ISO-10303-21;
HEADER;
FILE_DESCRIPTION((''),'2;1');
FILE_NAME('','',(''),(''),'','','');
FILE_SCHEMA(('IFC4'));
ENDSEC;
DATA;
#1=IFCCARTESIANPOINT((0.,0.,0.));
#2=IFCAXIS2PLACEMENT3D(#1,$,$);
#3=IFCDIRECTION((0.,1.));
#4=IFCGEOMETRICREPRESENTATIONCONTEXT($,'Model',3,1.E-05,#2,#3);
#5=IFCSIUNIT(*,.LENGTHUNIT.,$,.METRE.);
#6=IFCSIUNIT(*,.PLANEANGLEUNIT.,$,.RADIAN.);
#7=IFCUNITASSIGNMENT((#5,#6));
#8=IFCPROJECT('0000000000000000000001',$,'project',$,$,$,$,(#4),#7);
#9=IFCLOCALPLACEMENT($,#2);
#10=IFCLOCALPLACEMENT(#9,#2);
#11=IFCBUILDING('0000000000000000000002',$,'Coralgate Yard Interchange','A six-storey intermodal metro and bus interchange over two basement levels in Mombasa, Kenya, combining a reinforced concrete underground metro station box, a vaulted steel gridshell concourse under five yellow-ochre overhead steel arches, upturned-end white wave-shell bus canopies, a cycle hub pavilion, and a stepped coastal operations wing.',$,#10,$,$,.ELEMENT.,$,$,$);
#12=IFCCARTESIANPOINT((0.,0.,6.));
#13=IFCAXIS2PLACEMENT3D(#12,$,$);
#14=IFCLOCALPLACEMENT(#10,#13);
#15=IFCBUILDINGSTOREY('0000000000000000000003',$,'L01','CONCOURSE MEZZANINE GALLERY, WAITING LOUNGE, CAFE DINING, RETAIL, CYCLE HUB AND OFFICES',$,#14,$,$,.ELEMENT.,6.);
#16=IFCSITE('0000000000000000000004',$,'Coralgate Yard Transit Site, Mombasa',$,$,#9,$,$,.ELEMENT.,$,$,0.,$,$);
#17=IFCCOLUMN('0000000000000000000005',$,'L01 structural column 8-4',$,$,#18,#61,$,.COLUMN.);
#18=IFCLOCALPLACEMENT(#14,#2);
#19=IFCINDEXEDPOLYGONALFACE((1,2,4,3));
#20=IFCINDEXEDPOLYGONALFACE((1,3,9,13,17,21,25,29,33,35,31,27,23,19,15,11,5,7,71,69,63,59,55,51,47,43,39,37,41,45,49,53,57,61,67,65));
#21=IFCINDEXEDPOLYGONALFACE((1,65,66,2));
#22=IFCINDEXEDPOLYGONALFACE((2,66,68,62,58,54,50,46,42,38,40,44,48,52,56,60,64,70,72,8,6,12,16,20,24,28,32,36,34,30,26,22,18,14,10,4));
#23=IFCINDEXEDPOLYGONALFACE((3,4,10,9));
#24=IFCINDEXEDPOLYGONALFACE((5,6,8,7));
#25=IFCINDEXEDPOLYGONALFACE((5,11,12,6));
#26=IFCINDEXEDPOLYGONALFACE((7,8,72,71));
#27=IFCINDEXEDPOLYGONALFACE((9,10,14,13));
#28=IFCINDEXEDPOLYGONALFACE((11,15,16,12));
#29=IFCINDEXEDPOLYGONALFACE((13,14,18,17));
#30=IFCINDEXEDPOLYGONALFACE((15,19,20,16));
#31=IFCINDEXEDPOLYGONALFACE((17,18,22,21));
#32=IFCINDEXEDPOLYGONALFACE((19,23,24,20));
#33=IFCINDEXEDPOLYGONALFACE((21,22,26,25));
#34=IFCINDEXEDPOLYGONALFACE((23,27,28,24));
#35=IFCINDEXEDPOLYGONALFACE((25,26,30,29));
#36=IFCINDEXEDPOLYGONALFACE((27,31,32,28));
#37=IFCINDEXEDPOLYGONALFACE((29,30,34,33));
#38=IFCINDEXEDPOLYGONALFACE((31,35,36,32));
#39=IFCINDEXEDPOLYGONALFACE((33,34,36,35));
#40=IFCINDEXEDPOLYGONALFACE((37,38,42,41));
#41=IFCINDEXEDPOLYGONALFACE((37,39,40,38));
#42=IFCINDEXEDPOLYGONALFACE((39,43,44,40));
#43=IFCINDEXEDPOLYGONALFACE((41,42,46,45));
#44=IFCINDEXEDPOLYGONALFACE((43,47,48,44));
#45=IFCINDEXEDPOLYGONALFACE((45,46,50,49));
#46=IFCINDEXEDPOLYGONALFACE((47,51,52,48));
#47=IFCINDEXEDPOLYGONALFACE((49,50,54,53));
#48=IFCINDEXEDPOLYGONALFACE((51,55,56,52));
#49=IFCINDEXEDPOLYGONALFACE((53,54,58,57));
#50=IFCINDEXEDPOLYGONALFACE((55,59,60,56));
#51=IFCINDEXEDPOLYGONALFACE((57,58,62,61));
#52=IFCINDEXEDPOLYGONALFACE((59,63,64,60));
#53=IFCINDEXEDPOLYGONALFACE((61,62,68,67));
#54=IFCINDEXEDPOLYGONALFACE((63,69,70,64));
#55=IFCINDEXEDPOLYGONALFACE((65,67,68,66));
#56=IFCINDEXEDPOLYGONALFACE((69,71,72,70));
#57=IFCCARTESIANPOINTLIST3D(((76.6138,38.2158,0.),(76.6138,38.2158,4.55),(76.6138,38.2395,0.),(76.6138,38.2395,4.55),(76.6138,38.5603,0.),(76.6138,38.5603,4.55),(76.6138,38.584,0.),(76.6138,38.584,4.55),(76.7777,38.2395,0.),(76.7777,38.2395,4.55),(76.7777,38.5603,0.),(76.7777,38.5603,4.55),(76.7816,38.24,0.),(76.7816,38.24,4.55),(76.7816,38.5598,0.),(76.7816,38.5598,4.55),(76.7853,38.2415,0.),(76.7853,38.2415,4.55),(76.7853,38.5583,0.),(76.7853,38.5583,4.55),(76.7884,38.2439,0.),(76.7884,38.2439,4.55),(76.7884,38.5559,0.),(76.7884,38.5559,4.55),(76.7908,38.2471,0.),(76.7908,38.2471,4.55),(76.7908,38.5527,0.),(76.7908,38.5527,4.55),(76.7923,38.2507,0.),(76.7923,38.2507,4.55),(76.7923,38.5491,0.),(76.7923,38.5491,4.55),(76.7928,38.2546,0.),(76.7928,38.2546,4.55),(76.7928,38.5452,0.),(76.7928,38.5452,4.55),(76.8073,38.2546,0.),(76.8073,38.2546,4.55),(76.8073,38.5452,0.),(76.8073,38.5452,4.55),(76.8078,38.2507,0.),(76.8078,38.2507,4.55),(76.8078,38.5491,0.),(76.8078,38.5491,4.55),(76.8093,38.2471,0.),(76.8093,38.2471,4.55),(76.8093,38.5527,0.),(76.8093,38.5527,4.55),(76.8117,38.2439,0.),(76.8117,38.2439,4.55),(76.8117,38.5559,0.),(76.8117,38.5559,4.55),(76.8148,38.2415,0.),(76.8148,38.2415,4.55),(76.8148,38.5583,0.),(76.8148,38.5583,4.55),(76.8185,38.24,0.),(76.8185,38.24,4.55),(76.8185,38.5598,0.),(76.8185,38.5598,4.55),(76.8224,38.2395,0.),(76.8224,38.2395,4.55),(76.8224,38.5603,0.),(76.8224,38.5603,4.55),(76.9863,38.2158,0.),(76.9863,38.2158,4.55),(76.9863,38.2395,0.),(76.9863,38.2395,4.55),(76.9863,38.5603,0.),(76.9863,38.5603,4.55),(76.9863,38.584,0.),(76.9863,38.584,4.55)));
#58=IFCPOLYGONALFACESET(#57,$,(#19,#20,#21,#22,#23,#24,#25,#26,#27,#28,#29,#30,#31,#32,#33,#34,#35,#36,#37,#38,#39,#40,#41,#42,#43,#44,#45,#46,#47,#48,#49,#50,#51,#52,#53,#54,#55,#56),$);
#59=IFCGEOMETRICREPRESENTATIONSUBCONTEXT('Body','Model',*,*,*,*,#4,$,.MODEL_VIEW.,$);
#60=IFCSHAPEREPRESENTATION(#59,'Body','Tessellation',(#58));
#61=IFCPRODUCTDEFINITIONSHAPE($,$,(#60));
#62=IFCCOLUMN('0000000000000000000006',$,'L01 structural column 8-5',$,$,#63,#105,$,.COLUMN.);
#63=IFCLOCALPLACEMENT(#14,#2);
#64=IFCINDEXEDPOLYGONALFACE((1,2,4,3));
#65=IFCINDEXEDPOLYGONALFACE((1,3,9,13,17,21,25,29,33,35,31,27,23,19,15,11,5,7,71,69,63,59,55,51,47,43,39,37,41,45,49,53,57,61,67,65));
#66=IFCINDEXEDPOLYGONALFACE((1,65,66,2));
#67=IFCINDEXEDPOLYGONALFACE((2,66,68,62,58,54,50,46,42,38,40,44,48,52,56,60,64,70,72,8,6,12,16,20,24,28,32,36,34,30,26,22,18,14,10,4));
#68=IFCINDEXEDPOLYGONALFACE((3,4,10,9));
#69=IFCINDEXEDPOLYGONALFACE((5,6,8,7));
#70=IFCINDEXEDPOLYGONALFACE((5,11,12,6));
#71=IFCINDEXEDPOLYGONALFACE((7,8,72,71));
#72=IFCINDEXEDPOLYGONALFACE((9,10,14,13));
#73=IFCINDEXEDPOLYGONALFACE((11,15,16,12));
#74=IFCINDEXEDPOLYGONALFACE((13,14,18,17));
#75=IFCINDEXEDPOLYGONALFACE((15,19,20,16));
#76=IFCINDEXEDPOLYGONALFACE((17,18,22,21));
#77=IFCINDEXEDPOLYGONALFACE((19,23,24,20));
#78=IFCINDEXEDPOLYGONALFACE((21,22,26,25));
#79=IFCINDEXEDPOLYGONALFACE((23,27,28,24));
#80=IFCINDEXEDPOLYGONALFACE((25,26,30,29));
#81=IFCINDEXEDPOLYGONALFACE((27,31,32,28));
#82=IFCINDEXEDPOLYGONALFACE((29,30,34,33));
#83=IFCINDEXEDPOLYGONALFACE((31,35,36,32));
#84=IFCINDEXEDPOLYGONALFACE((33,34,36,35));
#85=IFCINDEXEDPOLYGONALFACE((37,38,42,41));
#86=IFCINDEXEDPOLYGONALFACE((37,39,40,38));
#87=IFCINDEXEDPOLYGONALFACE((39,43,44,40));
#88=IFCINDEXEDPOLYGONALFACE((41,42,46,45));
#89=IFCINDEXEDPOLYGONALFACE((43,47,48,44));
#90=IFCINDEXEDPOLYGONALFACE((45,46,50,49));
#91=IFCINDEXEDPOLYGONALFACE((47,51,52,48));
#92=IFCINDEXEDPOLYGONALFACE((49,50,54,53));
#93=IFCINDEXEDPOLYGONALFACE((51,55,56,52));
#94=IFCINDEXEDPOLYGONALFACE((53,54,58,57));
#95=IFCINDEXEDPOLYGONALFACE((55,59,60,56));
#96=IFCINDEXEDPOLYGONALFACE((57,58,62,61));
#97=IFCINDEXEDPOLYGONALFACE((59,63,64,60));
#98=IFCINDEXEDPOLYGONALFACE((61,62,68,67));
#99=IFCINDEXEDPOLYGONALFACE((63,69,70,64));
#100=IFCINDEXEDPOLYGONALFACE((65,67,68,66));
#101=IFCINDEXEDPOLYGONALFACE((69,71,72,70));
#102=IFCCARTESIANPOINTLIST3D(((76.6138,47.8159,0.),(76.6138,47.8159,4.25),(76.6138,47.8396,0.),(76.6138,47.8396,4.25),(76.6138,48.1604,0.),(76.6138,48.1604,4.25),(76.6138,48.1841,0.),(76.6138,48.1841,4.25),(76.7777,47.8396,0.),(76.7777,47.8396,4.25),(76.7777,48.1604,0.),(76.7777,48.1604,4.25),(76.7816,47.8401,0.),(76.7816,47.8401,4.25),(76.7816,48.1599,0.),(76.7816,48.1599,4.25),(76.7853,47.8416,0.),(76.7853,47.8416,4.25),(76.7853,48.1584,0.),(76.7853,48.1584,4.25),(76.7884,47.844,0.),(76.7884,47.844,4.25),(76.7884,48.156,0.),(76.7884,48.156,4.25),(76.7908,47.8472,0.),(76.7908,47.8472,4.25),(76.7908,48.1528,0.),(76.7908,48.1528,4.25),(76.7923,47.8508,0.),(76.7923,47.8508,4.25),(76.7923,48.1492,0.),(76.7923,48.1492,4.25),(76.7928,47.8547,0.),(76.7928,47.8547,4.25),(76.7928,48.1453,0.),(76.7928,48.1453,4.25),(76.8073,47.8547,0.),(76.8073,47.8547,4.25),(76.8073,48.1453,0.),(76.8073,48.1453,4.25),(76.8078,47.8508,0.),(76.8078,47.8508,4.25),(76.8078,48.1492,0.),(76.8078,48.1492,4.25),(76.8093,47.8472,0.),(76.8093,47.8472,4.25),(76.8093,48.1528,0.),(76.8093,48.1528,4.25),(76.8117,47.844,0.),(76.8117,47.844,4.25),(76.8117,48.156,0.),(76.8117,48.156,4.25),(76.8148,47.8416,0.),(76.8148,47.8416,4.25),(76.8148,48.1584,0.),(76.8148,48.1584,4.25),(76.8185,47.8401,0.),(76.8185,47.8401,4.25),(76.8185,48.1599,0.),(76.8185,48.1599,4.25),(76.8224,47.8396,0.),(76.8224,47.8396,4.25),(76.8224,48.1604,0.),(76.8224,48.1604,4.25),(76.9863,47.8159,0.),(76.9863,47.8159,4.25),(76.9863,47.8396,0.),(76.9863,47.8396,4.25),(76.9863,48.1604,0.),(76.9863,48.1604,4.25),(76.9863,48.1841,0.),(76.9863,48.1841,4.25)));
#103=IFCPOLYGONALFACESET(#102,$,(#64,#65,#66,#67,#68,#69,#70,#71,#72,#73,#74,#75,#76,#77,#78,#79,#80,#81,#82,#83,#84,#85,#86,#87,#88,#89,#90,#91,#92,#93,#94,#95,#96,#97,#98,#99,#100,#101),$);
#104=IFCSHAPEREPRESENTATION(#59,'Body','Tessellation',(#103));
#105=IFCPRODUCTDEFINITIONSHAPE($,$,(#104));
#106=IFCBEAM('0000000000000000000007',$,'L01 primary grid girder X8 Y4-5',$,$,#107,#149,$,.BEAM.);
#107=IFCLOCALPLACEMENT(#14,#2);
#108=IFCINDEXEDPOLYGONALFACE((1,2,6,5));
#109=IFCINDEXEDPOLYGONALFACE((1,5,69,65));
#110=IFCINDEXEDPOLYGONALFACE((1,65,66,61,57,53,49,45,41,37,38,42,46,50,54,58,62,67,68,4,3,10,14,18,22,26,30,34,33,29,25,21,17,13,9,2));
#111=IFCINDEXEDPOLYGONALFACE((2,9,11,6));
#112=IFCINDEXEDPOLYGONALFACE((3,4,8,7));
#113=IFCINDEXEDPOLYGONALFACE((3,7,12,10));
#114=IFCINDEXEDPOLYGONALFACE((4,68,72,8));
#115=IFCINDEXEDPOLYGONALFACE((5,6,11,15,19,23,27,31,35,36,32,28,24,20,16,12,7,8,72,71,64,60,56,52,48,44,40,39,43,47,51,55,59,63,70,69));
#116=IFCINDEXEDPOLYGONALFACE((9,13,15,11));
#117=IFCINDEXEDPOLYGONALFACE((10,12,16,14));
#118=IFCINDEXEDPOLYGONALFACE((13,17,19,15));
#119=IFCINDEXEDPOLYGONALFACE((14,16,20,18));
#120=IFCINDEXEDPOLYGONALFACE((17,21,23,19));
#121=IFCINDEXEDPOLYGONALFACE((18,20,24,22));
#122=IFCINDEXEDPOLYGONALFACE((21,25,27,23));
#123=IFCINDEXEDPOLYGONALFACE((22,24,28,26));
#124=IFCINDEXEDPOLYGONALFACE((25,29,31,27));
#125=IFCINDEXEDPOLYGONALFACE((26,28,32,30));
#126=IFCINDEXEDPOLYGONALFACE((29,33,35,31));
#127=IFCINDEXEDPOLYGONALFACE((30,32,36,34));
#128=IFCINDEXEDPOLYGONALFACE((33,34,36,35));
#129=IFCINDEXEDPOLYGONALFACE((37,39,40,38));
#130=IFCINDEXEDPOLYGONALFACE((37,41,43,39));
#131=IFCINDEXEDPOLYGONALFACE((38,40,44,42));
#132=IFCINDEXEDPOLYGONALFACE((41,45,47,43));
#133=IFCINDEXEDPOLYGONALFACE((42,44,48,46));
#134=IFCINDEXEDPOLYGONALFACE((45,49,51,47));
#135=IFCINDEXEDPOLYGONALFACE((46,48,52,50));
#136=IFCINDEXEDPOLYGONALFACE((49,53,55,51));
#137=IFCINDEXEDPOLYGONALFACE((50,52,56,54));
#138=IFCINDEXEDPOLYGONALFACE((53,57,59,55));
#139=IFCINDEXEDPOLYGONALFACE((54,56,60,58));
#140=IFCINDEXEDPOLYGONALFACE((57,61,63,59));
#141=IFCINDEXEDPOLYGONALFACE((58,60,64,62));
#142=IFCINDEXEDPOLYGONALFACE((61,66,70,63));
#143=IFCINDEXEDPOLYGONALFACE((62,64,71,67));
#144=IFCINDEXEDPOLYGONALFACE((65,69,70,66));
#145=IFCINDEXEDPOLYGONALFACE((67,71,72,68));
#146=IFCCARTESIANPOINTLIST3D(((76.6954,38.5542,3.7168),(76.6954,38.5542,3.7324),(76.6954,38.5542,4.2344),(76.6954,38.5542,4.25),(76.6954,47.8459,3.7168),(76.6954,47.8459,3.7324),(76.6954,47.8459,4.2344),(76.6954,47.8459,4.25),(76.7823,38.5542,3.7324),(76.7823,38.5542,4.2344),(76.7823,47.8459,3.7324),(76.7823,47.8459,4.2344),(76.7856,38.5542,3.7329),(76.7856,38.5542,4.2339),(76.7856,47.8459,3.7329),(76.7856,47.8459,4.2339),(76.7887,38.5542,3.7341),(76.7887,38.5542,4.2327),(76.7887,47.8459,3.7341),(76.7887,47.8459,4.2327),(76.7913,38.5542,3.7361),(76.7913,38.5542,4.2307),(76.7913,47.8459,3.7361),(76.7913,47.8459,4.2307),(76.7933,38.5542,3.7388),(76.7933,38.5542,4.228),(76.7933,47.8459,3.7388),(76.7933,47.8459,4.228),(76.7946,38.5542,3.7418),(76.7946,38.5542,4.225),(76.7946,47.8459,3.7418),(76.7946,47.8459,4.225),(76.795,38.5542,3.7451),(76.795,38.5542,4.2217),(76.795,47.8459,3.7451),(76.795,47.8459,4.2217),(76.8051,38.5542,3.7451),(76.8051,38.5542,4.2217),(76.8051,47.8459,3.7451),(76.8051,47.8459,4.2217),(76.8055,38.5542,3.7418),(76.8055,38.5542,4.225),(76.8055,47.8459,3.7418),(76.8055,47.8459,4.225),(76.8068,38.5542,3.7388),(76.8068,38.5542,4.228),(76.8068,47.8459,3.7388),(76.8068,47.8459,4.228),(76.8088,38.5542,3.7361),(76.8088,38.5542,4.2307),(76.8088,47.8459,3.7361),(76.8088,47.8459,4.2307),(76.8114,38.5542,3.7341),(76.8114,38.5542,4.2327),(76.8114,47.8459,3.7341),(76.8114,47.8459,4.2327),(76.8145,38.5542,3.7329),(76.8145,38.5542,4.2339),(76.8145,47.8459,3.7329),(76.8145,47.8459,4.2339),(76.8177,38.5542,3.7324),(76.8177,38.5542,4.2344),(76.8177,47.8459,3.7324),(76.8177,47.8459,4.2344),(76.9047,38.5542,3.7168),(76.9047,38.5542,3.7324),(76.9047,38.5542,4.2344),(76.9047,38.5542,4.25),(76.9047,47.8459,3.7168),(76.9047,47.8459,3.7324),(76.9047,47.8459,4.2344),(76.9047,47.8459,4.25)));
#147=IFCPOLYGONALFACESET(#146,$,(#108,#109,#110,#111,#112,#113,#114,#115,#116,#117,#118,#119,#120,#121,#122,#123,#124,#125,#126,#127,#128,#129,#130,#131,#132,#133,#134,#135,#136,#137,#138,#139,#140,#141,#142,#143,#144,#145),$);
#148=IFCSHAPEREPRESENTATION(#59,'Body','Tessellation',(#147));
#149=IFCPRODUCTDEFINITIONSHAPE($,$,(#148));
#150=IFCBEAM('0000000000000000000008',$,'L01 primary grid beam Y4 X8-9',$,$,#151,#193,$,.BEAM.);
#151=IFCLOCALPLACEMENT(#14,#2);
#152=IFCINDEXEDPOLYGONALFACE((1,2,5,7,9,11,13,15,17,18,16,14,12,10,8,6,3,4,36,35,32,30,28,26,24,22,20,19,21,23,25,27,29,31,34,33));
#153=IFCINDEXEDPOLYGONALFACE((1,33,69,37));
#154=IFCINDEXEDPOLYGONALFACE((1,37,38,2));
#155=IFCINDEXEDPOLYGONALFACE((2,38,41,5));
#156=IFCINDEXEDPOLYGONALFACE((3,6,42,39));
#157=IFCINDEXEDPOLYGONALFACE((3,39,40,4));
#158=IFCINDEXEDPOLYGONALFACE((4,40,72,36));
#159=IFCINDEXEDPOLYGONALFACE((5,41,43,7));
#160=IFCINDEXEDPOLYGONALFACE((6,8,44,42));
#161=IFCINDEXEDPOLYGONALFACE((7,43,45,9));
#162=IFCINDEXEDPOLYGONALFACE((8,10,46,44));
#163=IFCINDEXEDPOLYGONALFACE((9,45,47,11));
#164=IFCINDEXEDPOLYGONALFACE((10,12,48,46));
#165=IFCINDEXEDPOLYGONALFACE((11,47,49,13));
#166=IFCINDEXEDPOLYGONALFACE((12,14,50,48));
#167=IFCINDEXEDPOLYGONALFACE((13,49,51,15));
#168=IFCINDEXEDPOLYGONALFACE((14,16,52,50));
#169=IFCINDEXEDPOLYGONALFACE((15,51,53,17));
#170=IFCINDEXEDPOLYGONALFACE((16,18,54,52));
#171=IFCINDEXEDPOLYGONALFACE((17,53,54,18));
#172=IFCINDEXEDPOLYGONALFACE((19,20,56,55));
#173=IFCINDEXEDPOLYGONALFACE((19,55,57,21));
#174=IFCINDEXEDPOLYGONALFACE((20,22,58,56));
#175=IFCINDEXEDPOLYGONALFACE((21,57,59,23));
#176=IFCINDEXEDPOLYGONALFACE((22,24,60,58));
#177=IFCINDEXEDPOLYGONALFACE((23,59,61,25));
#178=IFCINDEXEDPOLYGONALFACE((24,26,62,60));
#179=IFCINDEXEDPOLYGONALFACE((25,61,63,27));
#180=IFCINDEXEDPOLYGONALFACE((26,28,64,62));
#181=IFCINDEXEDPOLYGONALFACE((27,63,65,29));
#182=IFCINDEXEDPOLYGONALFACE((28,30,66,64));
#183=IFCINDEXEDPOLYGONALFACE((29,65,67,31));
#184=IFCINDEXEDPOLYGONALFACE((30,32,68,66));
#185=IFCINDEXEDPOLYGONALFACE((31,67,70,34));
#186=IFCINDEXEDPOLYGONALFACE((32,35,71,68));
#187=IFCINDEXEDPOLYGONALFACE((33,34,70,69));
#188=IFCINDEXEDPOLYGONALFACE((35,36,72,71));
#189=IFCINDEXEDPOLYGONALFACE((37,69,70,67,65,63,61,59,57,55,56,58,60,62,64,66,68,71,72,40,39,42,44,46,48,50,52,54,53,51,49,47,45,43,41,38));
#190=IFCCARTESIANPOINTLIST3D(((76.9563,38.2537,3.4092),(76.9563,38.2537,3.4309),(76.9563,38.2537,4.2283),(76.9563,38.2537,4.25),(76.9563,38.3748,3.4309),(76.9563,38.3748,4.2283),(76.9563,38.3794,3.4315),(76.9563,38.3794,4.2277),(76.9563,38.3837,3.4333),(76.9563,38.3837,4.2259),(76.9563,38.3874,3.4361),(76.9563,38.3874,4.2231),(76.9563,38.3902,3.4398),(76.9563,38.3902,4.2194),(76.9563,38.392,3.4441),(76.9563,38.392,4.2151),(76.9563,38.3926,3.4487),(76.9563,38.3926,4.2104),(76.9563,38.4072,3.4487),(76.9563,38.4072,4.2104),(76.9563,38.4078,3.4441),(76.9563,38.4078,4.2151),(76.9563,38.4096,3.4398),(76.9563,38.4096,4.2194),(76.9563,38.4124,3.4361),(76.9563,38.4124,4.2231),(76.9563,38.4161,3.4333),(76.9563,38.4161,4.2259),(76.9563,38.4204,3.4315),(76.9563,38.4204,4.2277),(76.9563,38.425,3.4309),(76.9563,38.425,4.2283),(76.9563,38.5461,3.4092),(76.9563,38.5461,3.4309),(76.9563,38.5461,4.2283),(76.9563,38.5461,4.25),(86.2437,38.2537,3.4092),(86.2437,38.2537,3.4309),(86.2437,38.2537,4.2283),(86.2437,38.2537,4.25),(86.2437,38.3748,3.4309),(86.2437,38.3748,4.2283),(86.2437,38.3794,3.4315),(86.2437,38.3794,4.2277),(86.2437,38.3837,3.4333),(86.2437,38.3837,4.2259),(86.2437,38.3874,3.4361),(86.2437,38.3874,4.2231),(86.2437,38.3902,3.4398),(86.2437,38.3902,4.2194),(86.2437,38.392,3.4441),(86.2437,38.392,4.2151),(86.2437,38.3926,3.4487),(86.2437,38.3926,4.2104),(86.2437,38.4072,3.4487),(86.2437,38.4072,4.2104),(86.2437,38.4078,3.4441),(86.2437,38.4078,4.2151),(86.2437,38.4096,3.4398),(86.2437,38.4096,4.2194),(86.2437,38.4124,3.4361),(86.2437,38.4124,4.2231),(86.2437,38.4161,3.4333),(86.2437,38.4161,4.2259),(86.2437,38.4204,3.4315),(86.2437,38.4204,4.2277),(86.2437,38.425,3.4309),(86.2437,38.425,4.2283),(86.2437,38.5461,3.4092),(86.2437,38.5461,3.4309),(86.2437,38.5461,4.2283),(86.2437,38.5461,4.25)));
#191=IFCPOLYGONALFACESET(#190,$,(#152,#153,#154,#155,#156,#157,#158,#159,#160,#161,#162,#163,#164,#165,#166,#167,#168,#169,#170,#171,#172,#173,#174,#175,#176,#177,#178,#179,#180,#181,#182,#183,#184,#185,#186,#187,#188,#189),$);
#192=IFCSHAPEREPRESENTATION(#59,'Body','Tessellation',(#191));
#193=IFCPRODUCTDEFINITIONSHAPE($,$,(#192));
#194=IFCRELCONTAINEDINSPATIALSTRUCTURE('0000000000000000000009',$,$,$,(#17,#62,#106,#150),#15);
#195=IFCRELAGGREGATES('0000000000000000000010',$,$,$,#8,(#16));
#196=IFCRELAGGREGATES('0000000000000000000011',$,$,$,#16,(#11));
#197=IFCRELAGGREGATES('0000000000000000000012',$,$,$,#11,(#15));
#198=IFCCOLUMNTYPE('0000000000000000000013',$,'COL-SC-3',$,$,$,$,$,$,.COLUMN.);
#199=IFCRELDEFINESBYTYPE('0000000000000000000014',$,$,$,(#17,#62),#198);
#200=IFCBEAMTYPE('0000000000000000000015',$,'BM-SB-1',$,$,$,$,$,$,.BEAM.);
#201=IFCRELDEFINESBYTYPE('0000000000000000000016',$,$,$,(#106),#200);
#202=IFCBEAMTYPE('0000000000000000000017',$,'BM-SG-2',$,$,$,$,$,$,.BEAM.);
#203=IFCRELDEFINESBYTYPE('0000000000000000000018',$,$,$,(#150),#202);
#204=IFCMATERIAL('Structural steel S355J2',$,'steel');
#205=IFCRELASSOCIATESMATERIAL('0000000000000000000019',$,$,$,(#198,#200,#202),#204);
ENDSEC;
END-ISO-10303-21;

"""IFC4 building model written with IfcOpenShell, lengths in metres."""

from ifc_helpers import new_model, si_unit, direction, frame, origin, origin_2d, place, context, subcontext, project, spatial, i_section, extrude, material, material_profile, profile_set, type_object, element, save


model = new_model("IFC4")

# Units and contexts
model_context = context("Model", 3, precision=1e-05, world=origin(), true_north=direction((0.0, 1.0)))
body_context = subcontext(model_context, "Body", "Model", "MODEL_VIEW")
ifc_project = project(units=[si_unit("LENGTHUNIT", "METRE"), si_unit("PLANEANGLEUNIT", "RADIAN")], contexts=[model_context])

# Site, building, storey
site_placement = place(None, origin())
site = spatial("IfcSite", under=ifc_project, at=site_placement, Name="Coralgate Yard Transit Site, Mombasa", CompositionType="ELEMENT", RefElevation=0.0)
building_placement = place(site_placement, origin())
building = spatial("IfcBuilding", under=site, at=building_placement, Name="Coralgate Yard Interchange", Description="A six-storey intermodal metro and bus interchange over two basement levels in Mombasa, Kenya, combining a reinforced concrete underground metro station box, a vaulted steel gridshell concourse under five yellow-ochre overhead steel arches, upturned-end white wave-shell bus canopies, a cycle hub pavilion, and a stepped coastal operations wing.", CompositionType="ELEMENT")
storey_placement = place(building_placement, frame((0.0, 0.0, 6.0)))
storey = spatial("IfcBuildingStorey", under=building, at=storey_placement, Name="L01", Description="CONCOURSE MEZZANINE GALLERY, WAITING LOUNGE, CAFE DINING, RETAIL, CYCLE HUB AND OFFICES", CompositionType="ELEMENT", Elevation=6.0)

# Columns
ifc_material_1 = material(Name="Structural steel S355J2", Category="steel")
ifc_material_profile_1 = material_profile(ifc_material_1, i_section(OverallWidth=0.3726, OverallDepth=0.3682, WebThickness=0.0144, FlangeThickness=0.0237, FilletRadius=0.0151, at=origin_2d()), Name="UC 356x368x177")
ifc_profile_set_1 = profile_set([ifc_material_profile_1], Name="Structural steel S355J2")
column_type = type_object("IfcColumnType", Name="COL-SC-3", PredefinedType="COLUMN", material=ifc_profile_set_1)
column_1_placement = place(storey_placement, frame((76.8, 38.3999, 0.0), z_axis=(0.0, 0.0, 1.0), x_axis=(1.0, 0.0, 0.0)))
element("IfcColumn", 1, at=column_1_placement, inside=storey, type_object=column_type, Name="L01 structural column 8-4", PredefinedType="COLUMN", context=body_context, shape_type="SweptSolid", body=[
    extrude(i_section(OverallWidth=0.3726, OverallDepth=0.3682, WebThickness=0.0144, FlangeThickness=0.0237, FilletRadius=0.0151, at=origin_2d()), origin(), (0.0, 0.0, 1.0), 4.55),
])
column_2_placement = place(storey_placement, frame((76.8, 48.0, 0.0), z_axis=(0.0, 0.0, 1.0), x_axis=(1.0, 0.0, 0.0)))
element("IfcColumn", 2, at=column_2_placement, inside=storey, type_object=column_type, Name="L01 structural column 8-5", PredefinedType="COLUMN", context=body_context, shape_type="SweptSolid", body=[
    extrude(i_section(OverallWidth=0.3726, OverallDepth=0.3682, WebThickness=0.0144, FlangeThickness=0.0237, FilletRadius=0.0151, at=origin_2d()), origin(), (0.0, 0.0, 1.0), 4.25),
])

# Beams
ifc_material_profile_2 = material_profile(ifc_material_1, i_section(OverallWidth=0.2092, OverallDepth=0.5332, WebThickness=0.01, FlangeThickness=0.0156, FilletRadius=0.0127, at=origin_2d()), Name="UB 533x210x92")
ifc_profile_set_2 = profile_set([ifc_material_profile_2], Name="Structural steel S355J2")
beam_type_1 = type_object("IfcBeamType", Name="BM-SB-1", PredefinedType="BEAM", material=ifc_profile_set_2)
beam_1_placement = place(storey_placement, frame((76.8, 38.5542, 3.9834), z_axis=(0.0, 1.0, 0.0), x_axis=(-1.0, 0.0, 0.0)))
element("IfcBeam", 3, at=beam_1_placement, inside=storey, type_object=beam_type_1, Name="L01 primary grid girder X8 Y4-5", PredefinedType="BEAM", context=body_context, shape_type="SweptSolid", body=[
    extrude(i_section(OverallWidth=0.2092, OverallDepth=0.5332, WebThickness=0.01, FlangeThickness=0.0156, FilletRadius=0.0127, at=origin_2d()), origin(), (0.0, 0.0, 1.0), 9.2917),
])
ifc_material_profile_3 = material_profile(ifc_material_1, i_section(OverallWidth=0.2925, OverallDepth=0.8408, WebThickness=0.0146, FlangeThickness=0.0217, FilletRadius=0.0178, at=origin_2d()), Name="UB 838x292x194")
ifc_profile_set_3 = profile_set([ifc_material_profile_3], Name="Structural steel S355J2")
beam_type_2 = type_object("IfcBeamType", Name="BM-SG-2", PredefinedType="BEAM", material=ifc_profile_set_3)
beam_2_placement = place(storey_placement, frame((76.9563, 38.3999, 3.8296), z_axis=(1.0, 0.0, 0.0), x_axis=(0.0, 1.0, 0.0)))
element("IfcBeam", 4, at=beam_2_placement, inside=storey, type_object=beam_type_2, Name="L01 primary grid beam Y4 X8-9", PredefinedType="BEAM", context=body_context, shape_type="SweptSolid", body=[
    extrude(i_section(OverallWidth=0.2925, OverallDepth=0.8408, WebThickness=0.0146, FlangeThickness=0.0217, FilletRadius=0.0178, at=origin_2d()), origin(), (0.0, 0.0, 1.0), 9.2874),
])

save(model, "model.ifc")
